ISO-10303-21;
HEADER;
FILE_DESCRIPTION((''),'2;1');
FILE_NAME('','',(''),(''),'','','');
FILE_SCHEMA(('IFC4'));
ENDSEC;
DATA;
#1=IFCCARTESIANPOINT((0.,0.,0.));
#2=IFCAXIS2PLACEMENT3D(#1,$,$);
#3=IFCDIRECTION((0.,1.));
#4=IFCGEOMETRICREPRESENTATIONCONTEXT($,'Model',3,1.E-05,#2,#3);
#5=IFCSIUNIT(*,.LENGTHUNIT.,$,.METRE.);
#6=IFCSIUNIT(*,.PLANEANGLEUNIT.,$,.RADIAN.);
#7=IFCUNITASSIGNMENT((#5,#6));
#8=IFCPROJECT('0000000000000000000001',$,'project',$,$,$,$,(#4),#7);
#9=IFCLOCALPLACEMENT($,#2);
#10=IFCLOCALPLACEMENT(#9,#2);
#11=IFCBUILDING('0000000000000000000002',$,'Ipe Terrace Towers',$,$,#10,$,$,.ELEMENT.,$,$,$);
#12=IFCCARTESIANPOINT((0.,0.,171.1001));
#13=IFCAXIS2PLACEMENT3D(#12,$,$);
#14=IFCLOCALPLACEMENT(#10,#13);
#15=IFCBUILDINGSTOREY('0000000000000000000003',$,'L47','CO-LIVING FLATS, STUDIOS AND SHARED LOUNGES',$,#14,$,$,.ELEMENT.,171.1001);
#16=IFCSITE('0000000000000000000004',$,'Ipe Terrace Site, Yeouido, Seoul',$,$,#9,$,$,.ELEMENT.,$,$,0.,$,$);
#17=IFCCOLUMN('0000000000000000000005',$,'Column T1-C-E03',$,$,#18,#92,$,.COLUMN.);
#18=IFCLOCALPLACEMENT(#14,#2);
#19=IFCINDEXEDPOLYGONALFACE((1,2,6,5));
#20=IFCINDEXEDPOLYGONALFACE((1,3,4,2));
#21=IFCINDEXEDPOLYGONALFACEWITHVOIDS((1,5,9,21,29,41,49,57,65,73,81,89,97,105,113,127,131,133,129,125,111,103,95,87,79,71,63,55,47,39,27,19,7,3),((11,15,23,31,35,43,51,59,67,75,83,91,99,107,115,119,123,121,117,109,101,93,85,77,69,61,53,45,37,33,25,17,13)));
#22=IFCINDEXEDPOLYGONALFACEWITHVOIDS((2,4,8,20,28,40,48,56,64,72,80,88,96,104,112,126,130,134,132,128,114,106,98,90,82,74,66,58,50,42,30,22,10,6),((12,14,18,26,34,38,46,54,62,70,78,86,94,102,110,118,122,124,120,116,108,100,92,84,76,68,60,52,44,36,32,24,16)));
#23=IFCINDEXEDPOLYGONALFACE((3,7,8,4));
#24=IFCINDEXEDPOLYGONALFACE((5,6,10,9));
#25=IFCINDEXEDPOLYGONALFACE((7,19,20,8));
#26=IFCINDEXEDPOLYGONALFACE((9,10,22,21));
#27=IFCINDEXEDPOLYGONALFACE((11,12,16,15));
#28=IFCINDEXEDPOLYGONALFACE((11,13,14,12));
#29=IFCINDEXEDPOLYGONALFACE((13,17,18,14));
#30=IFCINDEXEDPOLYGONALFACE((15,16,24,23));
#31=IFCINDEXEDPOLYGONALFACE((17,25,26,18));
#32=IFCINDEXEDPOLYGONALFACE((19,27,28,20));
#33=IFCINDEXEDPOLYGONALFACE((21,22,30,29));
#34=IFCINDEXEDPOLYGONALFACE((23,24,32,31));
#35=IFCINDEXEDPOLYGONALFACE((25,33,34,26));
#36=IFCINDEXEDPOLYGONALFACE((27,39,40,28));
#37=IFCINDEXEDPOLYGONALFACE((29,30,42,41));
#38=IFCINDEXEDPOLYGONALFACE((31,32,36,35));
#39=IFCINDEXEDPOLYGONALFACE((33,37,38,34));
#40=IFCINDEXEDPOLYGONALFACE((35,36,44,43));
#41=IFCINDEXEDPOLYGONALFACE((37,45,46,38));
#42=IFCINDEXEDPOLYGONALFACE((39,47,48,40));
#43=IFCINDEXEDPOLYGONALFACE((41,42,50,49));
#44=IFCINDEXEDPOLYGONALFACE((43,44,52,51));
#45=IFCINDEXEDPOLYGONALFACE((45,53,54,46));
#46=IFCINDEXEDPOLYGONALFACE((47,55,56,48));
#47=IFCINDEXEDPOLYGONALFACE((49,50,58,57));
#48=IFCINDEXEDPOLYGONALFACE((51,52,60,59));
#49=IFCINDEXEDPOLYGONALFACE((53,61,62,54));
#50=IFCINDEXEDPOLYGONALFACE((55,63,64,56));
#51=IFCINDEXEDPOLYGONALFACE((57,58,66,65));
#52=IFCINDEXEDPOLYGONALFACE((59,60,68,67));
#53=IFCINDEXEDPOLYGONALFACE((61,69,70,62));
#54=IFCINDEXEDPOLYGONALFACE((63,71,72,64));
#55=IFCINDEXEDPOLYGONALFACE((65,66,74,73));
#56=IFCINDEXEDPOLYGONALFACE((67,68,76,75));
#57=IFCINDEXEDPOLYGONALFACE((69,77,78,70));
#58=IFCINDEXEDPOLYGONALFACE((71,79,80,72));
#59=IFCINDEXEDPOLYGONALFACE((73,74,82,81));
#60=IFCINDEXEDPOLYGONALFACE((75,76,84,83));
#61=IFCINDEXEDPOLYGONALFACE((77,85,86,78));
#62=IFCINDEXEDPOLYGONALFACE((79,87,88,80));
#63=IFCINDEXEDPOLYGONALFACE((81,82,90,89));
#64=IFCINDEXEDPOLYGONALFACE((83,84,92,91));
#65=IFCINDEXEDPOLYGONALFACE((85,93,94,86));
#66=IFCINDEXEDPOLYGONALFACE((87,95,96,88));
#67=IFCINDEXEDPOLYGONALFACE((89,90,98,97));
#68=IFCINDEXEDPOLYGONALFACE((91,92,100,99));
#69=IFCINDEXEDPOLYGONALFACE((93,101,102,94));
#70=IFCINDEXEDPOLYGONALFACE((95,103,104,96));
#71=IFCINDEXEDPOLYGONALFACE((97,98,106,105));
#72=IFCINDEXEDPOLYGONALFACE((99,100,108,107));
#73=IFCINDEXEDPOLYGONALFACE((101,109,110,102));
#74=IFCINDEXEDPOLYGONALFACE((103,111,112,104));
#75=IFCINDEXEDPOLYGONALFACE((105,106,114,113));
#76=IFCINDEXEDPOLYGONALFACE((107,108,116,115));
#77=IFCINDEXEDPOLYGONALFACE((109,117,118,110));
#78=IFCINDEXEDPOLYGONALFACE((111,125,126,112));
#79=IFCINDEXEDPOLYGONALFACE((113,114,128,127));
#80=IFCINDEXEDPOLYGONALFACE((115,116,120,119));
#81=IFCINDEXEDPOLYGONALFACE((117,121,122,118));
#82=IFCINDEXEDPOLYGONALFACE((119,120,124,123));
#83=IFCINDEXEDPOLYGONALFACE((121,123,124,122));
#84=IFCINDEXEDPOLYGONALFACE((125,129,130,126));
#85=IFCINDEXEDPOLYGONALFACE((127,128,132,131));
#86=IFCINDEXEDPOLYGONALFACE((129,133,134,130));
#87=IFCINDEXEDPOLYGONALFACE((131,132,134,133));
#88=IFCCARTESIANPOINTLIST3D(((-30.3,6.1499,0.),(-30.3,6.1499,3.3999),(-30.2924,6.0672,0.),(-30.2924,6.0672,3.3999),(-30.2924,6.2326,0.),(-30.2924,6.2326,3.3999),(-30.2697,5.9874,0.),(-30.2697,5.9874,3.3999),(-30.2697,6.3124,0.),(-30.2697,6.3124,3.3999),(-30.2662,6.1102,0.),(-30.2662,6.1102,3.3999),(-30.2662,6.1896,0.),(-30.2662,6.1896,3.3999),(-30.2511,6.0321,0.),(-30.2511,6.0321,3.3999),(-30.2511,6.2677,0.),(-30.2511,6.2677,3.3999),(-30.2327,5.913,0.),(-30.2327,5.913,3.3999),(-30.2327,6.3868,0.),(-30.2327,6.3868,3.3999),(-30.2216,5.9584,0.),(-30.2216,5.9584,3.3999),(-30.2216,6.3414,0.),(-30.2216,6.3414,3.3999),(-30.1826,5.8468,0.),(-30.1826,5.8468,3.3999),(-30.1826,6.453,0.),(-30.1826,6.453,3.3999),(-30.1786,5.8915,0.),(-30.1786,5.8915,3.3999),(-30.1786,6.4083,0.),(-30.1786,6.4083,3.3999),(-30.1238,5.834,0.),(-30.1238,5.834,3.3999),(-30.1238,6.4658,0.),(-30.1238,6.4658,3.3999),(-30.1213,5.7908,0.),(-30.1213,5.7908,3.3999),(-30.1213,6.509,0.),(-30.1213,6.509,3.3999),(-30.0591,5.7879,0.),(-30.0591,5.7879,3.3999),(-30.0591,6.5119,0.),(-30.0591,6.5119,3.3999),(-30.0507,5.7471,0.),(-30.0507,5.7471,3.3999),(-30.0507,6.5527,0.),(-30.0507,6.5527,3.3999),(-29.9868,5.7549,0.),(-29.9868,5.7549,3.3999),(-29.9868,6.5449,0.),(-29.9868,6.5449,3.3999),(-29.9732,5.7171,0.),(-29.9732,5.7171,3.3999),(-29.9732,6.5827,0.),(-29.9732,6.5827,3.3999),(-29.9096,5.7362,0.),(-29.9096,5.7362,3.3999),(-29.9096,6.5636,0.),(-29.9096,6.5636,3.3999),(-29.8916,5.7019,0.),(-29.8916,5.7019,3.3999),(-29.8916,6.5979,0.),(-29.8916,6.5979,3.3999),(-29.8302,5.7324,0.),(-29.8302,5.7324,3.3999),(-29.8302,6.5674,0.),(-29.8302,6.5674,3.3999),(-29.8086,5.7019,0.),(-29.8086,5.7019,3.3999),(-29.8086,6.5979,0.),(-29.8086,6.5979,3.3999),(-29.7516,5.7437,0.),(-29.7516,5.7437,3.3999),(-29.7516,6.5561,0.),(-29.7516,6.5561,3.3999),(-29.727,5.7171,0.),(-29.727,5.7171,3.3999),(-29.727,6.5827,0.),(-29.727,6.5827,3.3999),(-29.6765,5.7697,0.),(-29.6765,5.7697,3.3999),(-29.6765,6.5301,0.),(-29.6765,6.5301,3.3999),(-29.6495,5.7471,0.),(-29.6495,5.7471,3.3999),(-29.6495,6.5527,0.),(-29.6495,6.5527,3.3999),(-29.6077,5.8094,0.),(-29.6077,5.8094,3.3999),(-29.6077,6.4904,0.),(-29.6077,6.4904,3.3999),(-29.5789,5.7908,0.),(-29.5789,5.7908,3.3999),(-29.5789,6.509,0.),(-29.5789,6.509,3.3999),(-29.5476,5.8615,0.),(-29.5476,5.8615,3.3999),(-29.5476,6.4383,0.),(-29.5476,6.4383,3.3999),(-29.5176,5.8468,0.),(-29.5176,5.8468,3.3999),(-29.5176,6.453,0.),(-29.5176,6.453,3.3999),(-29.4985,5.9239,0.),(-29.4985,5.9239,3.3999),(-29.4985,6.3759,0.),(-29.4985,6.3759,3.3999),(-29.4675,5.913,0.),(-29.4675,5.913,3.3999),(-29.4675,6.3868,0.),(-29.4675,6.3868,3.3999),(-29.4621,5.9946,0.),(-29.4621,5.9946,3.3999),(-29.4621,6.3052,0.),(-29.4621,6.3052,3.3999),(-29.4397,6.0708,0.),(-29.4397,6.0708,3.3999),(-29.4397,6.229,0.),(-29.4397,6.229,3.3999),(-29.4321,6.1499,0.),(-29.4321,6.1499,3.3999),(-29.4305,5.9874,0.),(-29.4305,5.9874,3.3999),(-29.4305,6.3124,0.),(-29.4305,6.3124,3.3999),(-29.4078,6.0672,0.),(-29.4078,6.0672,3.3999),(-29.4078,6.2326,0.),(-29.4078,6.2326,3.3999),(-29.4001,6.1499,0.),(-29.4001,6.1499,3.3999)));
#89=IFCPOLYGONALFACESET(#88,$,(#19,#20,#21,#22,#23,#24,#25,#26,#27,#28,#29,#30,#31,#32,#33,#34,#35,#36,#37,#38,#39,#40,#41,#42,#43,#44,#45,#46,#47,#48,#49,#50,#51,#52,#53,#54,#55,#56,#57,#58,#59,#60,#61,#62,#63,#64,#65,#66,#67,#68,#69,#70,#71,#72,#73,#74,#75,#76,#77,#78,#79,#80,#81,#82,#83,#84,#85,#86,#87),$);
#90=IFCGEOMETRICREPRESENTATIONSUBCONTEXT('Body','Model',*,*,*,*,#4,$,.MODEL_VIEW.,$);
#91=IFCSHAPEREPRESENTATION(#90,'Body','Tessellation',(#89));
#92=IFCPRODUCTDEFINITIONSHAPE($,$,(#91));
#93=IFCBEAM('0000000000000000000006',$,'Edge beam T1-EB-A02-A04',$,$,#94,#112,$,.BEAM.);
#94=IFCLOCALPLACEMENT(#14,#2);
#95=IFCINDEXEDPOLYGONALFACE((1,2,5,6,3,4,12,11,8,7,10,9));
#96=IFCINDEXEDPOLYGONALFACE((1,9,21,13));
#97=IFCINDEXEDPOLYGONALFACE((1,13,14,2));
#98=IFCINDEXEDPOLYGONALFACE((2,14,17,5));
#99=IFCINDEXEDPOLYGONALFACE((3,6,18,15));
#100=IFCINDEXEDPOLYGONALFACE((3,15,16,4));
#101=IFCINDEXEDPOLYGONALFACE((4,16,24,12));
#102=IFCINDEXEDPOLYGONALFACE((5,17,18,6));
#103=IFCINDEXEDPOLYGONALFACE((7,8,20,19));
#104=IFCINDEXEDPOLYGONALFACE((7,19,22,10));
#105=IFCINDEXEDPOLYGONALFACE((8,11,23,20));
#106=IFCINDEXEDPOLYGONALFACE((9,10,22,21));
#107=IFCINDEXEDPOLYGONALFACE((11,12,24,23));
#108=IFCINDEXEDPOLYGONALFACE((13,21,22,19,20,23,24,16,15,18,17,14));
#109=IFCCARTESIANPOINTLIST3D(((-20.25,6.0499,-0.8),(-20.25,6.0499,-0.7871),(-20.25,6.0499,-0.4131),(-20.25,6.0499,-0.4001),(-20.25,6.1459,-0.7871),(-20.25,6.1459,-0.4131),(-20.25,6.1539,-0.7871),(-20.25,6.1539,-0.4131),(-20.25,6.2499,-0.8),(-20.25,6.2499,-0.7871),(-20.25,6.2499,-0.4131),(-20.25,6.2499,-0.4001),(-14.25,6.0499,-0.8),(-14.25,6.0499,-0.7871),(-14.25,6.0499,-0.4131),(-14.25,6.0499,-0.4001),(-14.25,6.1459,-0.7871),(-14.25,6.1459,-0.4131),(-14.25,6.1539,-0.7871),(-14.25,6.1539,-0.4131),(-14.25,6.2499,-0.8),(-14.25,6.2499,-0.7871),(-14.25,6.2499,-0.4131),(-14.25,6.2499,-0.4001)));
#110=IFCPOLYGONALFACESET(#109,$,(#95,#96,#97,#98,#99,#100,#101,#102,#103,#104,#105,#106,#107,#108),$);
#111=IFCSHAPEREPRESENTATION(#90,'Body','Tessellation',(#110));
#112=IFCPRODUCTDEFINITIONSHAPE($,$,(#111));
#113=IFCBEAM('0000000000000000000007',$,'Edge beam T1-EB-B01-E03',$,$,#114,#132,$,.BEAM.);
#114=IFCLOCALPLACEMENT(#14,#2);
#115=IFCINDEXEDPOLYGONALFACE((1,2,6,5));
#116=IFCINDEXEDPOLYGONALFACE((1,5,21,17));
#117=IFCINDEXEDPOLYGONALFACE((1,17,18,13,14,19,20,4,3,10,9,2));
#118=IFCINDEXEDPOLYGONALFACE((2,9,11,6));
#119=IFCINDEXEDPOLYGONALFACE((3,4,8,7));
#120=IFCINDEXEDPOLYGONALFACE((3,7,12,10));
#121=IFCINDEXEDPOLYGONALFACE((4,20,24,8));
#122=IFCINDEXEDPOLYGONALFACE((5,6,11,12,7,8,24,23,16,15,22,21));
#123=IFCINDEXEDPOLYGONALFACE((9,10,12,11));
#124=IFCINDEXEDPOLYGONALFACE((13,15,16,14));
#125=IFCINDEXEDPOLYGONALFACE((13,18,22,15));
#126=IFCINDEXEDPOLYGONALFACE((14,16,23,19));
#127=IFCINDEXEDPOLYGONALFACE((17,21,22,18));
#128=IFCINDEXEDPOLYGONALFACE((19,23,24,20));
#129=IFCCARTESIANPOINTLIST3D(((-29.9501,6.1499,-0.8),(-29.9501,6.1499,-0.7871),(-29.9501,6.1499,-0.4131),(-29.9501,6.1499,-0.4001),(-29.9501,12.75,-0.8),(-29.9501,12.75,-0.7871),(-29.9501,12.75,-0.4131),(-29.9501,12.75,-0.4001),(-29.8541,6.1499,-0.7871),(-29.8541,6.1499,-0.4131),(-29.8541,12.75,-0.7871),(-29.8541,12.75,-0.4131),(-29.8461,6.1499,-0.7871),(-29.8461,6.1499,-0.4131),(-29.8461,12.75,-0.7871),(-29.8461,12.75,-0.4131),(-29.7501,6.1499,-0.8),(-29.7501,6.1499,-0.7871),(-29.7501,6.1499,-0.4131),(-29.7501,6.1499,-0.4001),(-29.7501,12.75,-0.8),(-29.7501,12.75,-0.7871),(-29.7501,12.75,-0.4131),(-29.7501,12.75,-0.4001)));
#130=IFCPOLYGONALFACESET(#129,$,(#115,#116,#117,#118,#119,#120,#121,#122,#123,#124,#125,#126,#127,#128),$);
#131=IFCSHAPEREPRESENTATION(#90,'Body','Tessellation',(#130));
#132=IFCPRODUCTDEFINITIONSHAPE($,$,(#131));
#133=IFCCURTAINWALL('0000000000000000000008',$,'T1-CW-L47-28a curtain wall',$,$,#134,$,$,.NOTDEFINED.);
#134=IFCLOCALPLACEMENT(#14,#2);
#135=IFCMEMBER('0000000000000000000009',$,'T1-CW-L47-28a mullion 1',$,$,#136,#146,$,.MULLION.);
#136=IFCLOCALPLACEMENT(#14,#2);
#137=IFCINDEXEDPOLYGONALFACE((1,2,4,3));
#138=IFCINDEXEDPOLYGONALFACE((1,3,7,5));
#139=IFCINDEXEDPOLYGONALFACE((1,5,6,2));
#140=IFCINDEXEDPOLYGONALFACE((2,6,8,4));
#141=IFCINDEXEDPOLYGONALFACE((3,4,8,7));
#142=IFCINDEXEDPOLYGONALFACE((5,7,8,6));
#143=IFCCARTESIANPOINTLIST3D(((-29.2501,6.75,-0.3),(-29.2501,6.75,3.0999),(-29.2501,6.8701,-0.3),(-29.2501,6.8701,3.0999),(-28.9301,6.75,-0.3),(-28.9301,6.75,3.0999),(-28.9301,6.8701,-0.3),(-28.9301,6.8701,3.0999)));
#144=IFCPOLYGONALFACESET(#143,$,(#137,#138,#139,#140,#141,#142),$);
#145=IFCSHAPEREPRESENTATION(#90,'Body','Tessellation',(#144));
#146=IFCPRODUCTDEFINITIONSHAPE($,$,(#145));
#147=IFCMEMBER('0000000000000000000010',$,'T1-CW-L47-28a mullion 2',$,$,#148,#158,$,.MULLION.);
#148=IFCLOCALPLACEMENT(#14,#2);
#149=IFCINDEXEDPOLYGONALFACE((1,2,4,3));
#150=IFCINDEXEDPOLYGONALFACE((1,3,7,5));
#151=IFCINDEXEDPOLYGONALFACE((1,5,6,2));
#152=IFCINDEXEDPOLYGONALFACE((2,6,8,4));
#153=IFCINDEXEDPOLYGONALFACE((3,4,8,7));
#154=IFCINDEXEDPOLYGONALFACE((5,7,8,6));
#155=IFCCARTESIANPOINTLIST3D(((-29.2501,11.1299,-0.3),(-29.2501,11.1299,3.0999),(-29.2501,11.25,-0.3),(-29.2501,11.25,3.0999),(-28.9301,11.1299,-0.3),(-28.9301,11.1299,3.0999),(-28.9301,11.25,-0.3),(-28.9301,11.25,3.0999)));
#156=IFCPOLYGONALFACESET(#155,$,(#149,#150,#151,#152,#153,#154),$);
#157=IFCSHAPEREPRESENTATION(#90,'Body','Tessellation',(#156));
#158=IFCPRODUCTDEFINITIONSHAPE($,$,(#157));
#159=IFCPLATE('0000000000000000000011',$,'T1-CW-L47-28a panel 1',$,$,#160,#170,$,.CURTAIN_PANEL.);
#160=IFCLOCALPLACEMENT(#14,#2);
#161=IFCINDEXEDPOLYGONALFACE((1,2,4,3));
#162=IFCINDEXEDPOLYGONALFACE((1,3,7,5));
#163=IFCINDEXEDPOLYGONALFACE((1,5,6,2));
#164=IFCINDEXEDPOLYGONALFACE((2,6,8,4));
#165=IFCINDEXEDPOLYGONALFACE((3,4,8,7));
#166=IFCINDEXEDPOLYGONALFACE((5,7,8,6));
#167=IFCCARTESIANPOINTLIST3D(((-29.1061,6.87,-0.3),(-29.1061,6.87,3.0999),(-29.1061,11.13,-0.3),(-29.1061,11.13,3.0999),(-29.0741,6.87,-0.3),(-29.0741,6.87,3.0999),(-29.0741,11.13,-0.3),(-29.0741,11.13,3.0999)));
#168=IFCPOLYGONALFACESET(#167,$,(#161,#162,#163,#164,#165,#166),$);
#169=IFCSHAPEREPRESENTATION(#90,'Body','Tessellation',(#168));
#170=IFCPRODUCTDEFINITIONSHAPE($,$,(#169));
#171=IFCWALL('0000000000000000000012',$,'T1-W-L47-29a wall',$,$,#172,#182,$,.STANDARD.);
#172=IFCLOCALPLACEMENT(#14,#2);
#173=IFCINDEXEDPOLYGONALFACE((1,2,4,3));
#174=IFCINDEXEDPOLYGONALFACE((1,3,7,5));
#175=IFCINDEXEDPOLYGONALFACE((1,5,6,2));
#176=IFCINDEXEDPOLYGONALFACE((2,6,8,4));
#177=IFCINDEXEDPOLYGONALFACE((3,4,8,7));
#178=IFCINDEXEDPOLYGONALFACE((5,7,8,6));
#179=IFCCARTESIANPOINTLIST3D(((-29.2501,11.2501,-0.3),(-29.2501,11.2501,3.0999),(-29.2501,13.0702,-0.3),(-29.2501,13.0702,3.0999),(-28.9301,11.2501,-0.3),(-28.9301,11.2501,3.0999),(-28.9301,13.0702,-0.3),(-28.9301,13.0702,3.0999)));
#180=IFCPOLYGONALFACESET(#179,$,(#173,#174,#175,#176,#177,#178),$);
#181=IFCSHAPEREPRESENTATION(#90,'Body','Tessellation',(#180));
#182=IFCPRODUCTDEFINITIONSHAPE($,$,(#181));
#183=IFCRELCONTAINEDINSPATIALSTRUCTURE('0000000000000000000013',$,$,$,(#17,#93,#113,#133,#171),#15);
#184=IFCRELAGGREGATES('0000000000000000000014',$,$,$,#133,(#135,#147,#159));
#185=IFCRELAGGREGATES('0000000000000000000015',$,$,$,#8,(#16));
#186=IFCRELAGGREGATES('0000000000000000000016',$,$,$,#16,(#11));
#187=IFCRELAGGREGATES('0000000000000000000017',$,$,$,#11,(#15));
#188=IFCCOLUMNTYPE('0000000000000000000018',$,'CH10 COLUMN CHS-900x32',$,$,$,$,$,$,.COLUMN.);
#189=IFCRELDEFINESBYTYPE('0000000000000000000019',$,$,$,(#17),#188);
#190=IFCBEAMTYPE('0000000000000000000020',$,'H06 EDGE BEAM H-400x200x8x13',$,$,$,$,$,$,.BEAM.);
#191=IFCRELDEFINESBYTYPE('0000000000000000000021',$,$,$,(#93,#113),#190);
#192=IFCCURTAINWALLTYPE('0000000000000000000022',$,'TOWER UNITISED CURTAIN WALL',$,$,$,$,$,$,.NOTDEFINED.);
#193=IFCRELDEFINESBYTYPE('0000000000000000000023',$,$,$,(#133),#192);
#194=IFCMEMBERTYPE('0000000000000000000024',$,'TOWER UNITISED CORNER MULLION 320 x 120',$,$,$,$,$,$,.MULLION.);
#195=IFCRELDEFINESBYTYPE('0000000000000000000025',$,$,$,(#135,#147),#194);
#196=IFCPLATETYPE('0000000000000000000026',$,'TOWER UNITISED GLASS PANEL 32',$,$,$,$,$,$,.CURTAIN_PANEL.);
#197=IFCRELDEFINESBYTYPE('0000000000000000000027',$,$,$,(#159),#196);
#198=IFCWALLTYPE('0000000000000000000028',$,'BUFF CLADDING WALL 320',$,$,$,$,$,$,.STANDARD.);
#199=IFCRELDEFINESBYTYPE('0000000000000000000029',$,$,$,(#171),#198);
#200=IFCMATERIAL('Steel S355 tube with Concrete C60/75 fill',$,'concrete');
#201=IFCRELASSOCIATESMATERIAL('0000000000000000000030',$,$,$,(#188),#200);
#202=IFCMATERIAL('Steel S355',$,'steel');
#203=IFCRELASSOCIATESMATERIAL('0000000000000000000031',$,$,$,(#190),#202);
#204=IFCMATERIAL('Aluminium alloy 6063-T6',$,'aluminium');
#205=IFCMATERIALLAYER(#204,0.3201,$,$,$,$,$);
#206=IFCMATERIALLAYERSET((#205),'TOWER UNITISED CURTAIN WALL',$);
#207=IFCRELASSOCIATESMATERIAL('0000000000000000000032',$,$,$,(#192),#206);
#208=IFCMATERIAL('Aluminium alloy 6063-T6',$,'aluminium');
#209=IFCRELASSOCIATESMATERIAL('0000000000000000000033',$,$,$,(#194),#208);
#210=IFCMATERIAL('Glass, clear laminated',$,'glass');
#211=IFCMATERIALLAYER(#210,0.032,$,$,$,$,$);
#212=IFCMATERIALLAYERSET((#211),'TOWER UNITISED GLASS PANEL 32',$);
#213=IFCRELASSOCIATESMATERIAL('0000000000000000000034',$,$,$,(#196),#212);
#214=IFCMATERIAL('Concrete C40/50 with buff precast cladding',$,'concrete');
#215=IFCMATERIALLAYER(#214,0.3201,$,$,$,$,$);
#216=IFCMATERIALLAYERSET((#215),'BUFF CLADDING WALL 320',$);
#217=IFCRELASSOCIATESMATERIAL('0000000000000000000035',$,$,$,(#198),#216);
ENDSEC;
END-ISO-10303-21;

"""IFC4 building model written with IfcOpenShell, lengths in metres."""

from ifc_helpers import new_model, si_unit, direction, frame, frame_2d, origin, origin_2d, place, context, subcontext, project, spatial, rectangle, hollow_circle, i_section, extrude, material, layer, layer_set, material_profile, profile_set, type_object, element, aggregate, save


model = new_model("IFC4")

# Units and contexts
model_context = context("Model", 3, precision=1e-05, world=origin(), true_north=direction((0.0, 1.0)))
body_context = subcontext(model_context, "Body", "Model", "MODEL_VIEW")
ifc_project = project(units=[si_unit("LENGTHUNIT", "METRE"), si_unit("PLANEANGLEUNIT", "RADIAN")], contexts=[model_context])

# Site, building, storey
site_placement = place(None, origin())
site = spatial("IfcSite", under=ifc_project, at=site_placement, Name="Ipe Terrace Site, Yeouido, Seoul", CompositionType="ELEMENT", RefElevation=0.0)
building_placement = place(site_placement, origin())
building = spatial("IfcBuilding", under=site, at=building_placement, Name="Ipe Terrace Towers", CompositionType="ELEMENT")
storey_placement = place(building_placement, frame((0.0, 0.0, 171.1001)))
storey = spatial("IfcBuildingStorey", under=building, at=storey_placement, Name="L47", Description="CO-LIVING FLATS, STUDIOS AND SHARED LOUNGES", CompositionType="ELEMENT", Elevation=171.1001)

# Column
ifc_material_1 = material(Name="Steel S355 tube with Concrete C60/75 fill", Category="concrete")
ifc_material_profile_1 = material_profile(ifc_material_1, hollow_circle(Radius=0.45, WallThickness=0.032, at=origin_2d()), Name="CHS-900x32")
ifc_profile_set_1 = profile_set([ifc_material_profile_1], Name="Steel S355 tube with Concrete C60/75 fill")
column_type_1 = type_object("IfcColumnType", Name="CH10 COLUMN CHS-900x32", PredefinedType="COLUMN", material=ifc_profile_set_1)
column_placement = place(storey_placement, frame((-29.8501, 6.1499, 0.0), z_axis=(0.0, 0.0, 1.0), x_axis=(1.0, 0.0, 0.0)))
element("IfcColumn", 1, at=column_placement, inside=storey, type_object=column_type_1, Name="Column T1-C-E03", PredefinedType="COLUMN", context=body_context, shape_type="SweptSolid", body=[
    extrude(hollow_circle(Radius=0.45, WallThickness=0.032, at=origin_2d()), origin(), (0.0, 0.0, 1.0), 3.3999),
])

# Beams
ifc_material_2 = material(Name="Steel S355", Category="steel")
ifc_material_profile_2 = material_profile(ifc_material_2, i_section(OverallWidth=0.2, OverallDepth=0.3999, WebThickness=0.0081, FlangeThickness=0.0129, at=origin_2d()), Name="H-400x200x8x13")
ifc_profile_set_2 = profile_set([ifc_material_profile_2], Name="Steel S355")
beam_type = type_object("IfcBeamType", Name="H06 EDGE BEAM H-400x200x8x13", PredefinedType="BEAM", material=ifc_profile_set_2)
beam_1_placement = place(storey_placement, frame((-20.25, 6.1499, -0.6001), z_axis=(1.0, 0.0, 0.0), x_axis=(0.0, 1.0, 0.0)))
element("IfcBeam", 2, at=beam_1_placement, inside=storey, type_object=beam_type, Name="Edge beam T1-EB-A02-A04", PredefinedType="BEAM", context=body_context, shape_type="SweptSolid", body=[
    extrude(i_section(OverallWidth=0.2, OverallDepth=0.3999, WebThickness=0.0081, FlangeThickness=0.0129, at=origin_2d()), origin(), (0.0, 0.0, 1.0), 6.0),
])
beam_2_placement = place(storey_placement, frame((-29.8501, 12.75, -0.6001), z_axis=(0.0, -1.0, 0.0), x_axis=(1.0, 0.0, 0.0)))
element("IfcBeam", 3, at=beam_2_placement, inside=storey, type_object=beam_type, Name="Edge beam T1-EB-B01-E03", PredefinedType="BEAM", context=body_context, shape_type="SweptSolid", body=[
    extrude(i_section(OverallWidth=0.2, OverallDepth=0.3999, WebThickness=0.0081, FlangeThickness=0.0129, at=origin_2d()), origin(), (0.0, 0.0, 1.0), 6.6001),
])

# Curtain wall, members, plate
ifc_material_3 = material(Name="Aluminium alloy 6063-T6", Category="aluminium")
ifc_layer_1 = layer(ifc_material_3, 0.3201)
ifc_layer_set_1 = layer_set([ifc_layer_1], Name="TOWER UNITISED CURTAIN WALL")
curtain_wall_type = type_object("IfcCurtainWallType", Name="TOWER UNITISED CURTAIN WALL", PredefinedType="NOTDEFINED", material=ifc_layer_set_1)
curtain_wall_placement = place(storey_placement, origin())
curtain_wall = element("IfcCurtainWall", 4, at=curtain_wall_placement, inside=storey, type_object=curtain_wall_type, Name="T1-CW-L47-28a curtain wall", PredefinedType="NOTDEFINED")
ifc_material_4 = material(Name="Aluminium alloy 6063-T6", Category="aluminium")
ifc_material_profile_3 = material_profile(ifc_material_4, rectangle(XDim=0.3201, YDim=0.1201, at=origin_2d()), Name="TOWER UNITISED CORNER MULLION 320 x 120")
ifc_profile_set_3 = profile_set([ifc_material_profile_3], Name="Aluminium alloy 6063-T6")
member_type = type_object("IfcMemberType", Name="TOWER UNITISED CORNER MULLION 320 x 120", PredefinedType="MULLION", material=ifc_profile_set_3)
member_1_placement = place(storey_placement, frame((-29.0901, 6.8101, -0.3), z_axis=(0.0, 0.0, 1.0), x_axis=(1.0, 0.0, 0.0)))
member_1 = element("IfcMember", 5, at=member_1_placement, type_object=member_type, Name="T1-CW-L47-28a mullion 1", PredefinedType="MULLION", context=body_context, shape_type="SweptSolid", body=[
    extrude(rectangle(XDim=0.3201, YDim=0.1201, at=origin_2d()), origin(), (0.0, 0.0, 1.0), 3.3999),
])
member_2_placement = place(storey_placement, frame((-29.0901, 11.1899, -0.3), z_axis=(0.0, 0.0, 1.0), x_axis=(1.0, 0.0, 0.0)))
member_2 = element("IfcMember", 6, at=member_2_placement, type_object=member_type, Name="T1-CW-L47-28a mullion 2", PredefinedType="MULLION", context=body_context, shape_type="SweptSolid", body=[
    extrude(rectangle(XDim=0.3201, YDim=0.1201, at=origin_2d()), origin(), (0.0, 0.0, 1.0), 3.3999),
])
ifc_material_5 = material(Name="Glass, clear laminated", Category="glass")
ifc_layer_2 = layer(ifc_material_5, 0.032)
ifc_layer_set_2 = layer_set([ifc_layer_2], Name="TOWER UNITISED GLASS PANEL 32")
plate_type = type_object("IfcPlateType", Name="TOWER UNITISED GLASS PANEL 32", PredefinedType="CURTAIN_PANEL", material=ifc_layer_set_2)
plate_placement = place(storey_placement, frame((-29.0901, 9.0, -0.3), z_axis=(0.0, 0.0, 1.0), x_axis=(0.0, 1.0, 0.0)))
plate = element("IfcPlate", 7, at=plate_placement, type_object=plate_type, Name="T1-CW-L47-28a panel 1", PredefinedType="CURTAIN_PANEL", context=body_context, shape_type="SweptSolid", body=[
    extrude(rectangle(XDim=4.26, YDim=0.032, at=origin_2d()), origin(), (0.0, 0.0, 1.0), 3.3999),
])
aggregate(curtain_wall, [member_1, member_2, plate])

# Wall
ifc_material_6 = material(Name="Concrete C40/50 with buff precast cladding", Category="concrete")
ifc_layer_3 = layer(ifc_material_6, 0.3201)
ifc_layer_set_3 = layer_set([ifc_layer_3], Name="BUFF CLADDING WALL 320")
wall_type_1 = type_object("IfcWallType", Name="BUFF CLADDING WALL 320", PredefinedType="STANDARD", material=ifc_layer_set_3)
wall_1_placement = place(storey_placement, frame((-29.0901, 11.25, -0.3), z_axis=(0.0, 0.0, 1.0), x_axis=(0.0, 1.0, 0.0)))
element("IfcWall", 8, at=wall_1_placement, inside=storey, type_object=wall_type_1, Name="T1-W-L47-29a wall", PredefinedType="STANDARD", context=body_context, shape_type="SweptSolid", body=[
    extrude(rectangle(XDim=1.8201, YDim=0.3201, at=frame_2d((0.9102, 0.0))), origin(), (0.0, 0.0, 1.0), 3.3999),
])

save(model, "model.ifc")
